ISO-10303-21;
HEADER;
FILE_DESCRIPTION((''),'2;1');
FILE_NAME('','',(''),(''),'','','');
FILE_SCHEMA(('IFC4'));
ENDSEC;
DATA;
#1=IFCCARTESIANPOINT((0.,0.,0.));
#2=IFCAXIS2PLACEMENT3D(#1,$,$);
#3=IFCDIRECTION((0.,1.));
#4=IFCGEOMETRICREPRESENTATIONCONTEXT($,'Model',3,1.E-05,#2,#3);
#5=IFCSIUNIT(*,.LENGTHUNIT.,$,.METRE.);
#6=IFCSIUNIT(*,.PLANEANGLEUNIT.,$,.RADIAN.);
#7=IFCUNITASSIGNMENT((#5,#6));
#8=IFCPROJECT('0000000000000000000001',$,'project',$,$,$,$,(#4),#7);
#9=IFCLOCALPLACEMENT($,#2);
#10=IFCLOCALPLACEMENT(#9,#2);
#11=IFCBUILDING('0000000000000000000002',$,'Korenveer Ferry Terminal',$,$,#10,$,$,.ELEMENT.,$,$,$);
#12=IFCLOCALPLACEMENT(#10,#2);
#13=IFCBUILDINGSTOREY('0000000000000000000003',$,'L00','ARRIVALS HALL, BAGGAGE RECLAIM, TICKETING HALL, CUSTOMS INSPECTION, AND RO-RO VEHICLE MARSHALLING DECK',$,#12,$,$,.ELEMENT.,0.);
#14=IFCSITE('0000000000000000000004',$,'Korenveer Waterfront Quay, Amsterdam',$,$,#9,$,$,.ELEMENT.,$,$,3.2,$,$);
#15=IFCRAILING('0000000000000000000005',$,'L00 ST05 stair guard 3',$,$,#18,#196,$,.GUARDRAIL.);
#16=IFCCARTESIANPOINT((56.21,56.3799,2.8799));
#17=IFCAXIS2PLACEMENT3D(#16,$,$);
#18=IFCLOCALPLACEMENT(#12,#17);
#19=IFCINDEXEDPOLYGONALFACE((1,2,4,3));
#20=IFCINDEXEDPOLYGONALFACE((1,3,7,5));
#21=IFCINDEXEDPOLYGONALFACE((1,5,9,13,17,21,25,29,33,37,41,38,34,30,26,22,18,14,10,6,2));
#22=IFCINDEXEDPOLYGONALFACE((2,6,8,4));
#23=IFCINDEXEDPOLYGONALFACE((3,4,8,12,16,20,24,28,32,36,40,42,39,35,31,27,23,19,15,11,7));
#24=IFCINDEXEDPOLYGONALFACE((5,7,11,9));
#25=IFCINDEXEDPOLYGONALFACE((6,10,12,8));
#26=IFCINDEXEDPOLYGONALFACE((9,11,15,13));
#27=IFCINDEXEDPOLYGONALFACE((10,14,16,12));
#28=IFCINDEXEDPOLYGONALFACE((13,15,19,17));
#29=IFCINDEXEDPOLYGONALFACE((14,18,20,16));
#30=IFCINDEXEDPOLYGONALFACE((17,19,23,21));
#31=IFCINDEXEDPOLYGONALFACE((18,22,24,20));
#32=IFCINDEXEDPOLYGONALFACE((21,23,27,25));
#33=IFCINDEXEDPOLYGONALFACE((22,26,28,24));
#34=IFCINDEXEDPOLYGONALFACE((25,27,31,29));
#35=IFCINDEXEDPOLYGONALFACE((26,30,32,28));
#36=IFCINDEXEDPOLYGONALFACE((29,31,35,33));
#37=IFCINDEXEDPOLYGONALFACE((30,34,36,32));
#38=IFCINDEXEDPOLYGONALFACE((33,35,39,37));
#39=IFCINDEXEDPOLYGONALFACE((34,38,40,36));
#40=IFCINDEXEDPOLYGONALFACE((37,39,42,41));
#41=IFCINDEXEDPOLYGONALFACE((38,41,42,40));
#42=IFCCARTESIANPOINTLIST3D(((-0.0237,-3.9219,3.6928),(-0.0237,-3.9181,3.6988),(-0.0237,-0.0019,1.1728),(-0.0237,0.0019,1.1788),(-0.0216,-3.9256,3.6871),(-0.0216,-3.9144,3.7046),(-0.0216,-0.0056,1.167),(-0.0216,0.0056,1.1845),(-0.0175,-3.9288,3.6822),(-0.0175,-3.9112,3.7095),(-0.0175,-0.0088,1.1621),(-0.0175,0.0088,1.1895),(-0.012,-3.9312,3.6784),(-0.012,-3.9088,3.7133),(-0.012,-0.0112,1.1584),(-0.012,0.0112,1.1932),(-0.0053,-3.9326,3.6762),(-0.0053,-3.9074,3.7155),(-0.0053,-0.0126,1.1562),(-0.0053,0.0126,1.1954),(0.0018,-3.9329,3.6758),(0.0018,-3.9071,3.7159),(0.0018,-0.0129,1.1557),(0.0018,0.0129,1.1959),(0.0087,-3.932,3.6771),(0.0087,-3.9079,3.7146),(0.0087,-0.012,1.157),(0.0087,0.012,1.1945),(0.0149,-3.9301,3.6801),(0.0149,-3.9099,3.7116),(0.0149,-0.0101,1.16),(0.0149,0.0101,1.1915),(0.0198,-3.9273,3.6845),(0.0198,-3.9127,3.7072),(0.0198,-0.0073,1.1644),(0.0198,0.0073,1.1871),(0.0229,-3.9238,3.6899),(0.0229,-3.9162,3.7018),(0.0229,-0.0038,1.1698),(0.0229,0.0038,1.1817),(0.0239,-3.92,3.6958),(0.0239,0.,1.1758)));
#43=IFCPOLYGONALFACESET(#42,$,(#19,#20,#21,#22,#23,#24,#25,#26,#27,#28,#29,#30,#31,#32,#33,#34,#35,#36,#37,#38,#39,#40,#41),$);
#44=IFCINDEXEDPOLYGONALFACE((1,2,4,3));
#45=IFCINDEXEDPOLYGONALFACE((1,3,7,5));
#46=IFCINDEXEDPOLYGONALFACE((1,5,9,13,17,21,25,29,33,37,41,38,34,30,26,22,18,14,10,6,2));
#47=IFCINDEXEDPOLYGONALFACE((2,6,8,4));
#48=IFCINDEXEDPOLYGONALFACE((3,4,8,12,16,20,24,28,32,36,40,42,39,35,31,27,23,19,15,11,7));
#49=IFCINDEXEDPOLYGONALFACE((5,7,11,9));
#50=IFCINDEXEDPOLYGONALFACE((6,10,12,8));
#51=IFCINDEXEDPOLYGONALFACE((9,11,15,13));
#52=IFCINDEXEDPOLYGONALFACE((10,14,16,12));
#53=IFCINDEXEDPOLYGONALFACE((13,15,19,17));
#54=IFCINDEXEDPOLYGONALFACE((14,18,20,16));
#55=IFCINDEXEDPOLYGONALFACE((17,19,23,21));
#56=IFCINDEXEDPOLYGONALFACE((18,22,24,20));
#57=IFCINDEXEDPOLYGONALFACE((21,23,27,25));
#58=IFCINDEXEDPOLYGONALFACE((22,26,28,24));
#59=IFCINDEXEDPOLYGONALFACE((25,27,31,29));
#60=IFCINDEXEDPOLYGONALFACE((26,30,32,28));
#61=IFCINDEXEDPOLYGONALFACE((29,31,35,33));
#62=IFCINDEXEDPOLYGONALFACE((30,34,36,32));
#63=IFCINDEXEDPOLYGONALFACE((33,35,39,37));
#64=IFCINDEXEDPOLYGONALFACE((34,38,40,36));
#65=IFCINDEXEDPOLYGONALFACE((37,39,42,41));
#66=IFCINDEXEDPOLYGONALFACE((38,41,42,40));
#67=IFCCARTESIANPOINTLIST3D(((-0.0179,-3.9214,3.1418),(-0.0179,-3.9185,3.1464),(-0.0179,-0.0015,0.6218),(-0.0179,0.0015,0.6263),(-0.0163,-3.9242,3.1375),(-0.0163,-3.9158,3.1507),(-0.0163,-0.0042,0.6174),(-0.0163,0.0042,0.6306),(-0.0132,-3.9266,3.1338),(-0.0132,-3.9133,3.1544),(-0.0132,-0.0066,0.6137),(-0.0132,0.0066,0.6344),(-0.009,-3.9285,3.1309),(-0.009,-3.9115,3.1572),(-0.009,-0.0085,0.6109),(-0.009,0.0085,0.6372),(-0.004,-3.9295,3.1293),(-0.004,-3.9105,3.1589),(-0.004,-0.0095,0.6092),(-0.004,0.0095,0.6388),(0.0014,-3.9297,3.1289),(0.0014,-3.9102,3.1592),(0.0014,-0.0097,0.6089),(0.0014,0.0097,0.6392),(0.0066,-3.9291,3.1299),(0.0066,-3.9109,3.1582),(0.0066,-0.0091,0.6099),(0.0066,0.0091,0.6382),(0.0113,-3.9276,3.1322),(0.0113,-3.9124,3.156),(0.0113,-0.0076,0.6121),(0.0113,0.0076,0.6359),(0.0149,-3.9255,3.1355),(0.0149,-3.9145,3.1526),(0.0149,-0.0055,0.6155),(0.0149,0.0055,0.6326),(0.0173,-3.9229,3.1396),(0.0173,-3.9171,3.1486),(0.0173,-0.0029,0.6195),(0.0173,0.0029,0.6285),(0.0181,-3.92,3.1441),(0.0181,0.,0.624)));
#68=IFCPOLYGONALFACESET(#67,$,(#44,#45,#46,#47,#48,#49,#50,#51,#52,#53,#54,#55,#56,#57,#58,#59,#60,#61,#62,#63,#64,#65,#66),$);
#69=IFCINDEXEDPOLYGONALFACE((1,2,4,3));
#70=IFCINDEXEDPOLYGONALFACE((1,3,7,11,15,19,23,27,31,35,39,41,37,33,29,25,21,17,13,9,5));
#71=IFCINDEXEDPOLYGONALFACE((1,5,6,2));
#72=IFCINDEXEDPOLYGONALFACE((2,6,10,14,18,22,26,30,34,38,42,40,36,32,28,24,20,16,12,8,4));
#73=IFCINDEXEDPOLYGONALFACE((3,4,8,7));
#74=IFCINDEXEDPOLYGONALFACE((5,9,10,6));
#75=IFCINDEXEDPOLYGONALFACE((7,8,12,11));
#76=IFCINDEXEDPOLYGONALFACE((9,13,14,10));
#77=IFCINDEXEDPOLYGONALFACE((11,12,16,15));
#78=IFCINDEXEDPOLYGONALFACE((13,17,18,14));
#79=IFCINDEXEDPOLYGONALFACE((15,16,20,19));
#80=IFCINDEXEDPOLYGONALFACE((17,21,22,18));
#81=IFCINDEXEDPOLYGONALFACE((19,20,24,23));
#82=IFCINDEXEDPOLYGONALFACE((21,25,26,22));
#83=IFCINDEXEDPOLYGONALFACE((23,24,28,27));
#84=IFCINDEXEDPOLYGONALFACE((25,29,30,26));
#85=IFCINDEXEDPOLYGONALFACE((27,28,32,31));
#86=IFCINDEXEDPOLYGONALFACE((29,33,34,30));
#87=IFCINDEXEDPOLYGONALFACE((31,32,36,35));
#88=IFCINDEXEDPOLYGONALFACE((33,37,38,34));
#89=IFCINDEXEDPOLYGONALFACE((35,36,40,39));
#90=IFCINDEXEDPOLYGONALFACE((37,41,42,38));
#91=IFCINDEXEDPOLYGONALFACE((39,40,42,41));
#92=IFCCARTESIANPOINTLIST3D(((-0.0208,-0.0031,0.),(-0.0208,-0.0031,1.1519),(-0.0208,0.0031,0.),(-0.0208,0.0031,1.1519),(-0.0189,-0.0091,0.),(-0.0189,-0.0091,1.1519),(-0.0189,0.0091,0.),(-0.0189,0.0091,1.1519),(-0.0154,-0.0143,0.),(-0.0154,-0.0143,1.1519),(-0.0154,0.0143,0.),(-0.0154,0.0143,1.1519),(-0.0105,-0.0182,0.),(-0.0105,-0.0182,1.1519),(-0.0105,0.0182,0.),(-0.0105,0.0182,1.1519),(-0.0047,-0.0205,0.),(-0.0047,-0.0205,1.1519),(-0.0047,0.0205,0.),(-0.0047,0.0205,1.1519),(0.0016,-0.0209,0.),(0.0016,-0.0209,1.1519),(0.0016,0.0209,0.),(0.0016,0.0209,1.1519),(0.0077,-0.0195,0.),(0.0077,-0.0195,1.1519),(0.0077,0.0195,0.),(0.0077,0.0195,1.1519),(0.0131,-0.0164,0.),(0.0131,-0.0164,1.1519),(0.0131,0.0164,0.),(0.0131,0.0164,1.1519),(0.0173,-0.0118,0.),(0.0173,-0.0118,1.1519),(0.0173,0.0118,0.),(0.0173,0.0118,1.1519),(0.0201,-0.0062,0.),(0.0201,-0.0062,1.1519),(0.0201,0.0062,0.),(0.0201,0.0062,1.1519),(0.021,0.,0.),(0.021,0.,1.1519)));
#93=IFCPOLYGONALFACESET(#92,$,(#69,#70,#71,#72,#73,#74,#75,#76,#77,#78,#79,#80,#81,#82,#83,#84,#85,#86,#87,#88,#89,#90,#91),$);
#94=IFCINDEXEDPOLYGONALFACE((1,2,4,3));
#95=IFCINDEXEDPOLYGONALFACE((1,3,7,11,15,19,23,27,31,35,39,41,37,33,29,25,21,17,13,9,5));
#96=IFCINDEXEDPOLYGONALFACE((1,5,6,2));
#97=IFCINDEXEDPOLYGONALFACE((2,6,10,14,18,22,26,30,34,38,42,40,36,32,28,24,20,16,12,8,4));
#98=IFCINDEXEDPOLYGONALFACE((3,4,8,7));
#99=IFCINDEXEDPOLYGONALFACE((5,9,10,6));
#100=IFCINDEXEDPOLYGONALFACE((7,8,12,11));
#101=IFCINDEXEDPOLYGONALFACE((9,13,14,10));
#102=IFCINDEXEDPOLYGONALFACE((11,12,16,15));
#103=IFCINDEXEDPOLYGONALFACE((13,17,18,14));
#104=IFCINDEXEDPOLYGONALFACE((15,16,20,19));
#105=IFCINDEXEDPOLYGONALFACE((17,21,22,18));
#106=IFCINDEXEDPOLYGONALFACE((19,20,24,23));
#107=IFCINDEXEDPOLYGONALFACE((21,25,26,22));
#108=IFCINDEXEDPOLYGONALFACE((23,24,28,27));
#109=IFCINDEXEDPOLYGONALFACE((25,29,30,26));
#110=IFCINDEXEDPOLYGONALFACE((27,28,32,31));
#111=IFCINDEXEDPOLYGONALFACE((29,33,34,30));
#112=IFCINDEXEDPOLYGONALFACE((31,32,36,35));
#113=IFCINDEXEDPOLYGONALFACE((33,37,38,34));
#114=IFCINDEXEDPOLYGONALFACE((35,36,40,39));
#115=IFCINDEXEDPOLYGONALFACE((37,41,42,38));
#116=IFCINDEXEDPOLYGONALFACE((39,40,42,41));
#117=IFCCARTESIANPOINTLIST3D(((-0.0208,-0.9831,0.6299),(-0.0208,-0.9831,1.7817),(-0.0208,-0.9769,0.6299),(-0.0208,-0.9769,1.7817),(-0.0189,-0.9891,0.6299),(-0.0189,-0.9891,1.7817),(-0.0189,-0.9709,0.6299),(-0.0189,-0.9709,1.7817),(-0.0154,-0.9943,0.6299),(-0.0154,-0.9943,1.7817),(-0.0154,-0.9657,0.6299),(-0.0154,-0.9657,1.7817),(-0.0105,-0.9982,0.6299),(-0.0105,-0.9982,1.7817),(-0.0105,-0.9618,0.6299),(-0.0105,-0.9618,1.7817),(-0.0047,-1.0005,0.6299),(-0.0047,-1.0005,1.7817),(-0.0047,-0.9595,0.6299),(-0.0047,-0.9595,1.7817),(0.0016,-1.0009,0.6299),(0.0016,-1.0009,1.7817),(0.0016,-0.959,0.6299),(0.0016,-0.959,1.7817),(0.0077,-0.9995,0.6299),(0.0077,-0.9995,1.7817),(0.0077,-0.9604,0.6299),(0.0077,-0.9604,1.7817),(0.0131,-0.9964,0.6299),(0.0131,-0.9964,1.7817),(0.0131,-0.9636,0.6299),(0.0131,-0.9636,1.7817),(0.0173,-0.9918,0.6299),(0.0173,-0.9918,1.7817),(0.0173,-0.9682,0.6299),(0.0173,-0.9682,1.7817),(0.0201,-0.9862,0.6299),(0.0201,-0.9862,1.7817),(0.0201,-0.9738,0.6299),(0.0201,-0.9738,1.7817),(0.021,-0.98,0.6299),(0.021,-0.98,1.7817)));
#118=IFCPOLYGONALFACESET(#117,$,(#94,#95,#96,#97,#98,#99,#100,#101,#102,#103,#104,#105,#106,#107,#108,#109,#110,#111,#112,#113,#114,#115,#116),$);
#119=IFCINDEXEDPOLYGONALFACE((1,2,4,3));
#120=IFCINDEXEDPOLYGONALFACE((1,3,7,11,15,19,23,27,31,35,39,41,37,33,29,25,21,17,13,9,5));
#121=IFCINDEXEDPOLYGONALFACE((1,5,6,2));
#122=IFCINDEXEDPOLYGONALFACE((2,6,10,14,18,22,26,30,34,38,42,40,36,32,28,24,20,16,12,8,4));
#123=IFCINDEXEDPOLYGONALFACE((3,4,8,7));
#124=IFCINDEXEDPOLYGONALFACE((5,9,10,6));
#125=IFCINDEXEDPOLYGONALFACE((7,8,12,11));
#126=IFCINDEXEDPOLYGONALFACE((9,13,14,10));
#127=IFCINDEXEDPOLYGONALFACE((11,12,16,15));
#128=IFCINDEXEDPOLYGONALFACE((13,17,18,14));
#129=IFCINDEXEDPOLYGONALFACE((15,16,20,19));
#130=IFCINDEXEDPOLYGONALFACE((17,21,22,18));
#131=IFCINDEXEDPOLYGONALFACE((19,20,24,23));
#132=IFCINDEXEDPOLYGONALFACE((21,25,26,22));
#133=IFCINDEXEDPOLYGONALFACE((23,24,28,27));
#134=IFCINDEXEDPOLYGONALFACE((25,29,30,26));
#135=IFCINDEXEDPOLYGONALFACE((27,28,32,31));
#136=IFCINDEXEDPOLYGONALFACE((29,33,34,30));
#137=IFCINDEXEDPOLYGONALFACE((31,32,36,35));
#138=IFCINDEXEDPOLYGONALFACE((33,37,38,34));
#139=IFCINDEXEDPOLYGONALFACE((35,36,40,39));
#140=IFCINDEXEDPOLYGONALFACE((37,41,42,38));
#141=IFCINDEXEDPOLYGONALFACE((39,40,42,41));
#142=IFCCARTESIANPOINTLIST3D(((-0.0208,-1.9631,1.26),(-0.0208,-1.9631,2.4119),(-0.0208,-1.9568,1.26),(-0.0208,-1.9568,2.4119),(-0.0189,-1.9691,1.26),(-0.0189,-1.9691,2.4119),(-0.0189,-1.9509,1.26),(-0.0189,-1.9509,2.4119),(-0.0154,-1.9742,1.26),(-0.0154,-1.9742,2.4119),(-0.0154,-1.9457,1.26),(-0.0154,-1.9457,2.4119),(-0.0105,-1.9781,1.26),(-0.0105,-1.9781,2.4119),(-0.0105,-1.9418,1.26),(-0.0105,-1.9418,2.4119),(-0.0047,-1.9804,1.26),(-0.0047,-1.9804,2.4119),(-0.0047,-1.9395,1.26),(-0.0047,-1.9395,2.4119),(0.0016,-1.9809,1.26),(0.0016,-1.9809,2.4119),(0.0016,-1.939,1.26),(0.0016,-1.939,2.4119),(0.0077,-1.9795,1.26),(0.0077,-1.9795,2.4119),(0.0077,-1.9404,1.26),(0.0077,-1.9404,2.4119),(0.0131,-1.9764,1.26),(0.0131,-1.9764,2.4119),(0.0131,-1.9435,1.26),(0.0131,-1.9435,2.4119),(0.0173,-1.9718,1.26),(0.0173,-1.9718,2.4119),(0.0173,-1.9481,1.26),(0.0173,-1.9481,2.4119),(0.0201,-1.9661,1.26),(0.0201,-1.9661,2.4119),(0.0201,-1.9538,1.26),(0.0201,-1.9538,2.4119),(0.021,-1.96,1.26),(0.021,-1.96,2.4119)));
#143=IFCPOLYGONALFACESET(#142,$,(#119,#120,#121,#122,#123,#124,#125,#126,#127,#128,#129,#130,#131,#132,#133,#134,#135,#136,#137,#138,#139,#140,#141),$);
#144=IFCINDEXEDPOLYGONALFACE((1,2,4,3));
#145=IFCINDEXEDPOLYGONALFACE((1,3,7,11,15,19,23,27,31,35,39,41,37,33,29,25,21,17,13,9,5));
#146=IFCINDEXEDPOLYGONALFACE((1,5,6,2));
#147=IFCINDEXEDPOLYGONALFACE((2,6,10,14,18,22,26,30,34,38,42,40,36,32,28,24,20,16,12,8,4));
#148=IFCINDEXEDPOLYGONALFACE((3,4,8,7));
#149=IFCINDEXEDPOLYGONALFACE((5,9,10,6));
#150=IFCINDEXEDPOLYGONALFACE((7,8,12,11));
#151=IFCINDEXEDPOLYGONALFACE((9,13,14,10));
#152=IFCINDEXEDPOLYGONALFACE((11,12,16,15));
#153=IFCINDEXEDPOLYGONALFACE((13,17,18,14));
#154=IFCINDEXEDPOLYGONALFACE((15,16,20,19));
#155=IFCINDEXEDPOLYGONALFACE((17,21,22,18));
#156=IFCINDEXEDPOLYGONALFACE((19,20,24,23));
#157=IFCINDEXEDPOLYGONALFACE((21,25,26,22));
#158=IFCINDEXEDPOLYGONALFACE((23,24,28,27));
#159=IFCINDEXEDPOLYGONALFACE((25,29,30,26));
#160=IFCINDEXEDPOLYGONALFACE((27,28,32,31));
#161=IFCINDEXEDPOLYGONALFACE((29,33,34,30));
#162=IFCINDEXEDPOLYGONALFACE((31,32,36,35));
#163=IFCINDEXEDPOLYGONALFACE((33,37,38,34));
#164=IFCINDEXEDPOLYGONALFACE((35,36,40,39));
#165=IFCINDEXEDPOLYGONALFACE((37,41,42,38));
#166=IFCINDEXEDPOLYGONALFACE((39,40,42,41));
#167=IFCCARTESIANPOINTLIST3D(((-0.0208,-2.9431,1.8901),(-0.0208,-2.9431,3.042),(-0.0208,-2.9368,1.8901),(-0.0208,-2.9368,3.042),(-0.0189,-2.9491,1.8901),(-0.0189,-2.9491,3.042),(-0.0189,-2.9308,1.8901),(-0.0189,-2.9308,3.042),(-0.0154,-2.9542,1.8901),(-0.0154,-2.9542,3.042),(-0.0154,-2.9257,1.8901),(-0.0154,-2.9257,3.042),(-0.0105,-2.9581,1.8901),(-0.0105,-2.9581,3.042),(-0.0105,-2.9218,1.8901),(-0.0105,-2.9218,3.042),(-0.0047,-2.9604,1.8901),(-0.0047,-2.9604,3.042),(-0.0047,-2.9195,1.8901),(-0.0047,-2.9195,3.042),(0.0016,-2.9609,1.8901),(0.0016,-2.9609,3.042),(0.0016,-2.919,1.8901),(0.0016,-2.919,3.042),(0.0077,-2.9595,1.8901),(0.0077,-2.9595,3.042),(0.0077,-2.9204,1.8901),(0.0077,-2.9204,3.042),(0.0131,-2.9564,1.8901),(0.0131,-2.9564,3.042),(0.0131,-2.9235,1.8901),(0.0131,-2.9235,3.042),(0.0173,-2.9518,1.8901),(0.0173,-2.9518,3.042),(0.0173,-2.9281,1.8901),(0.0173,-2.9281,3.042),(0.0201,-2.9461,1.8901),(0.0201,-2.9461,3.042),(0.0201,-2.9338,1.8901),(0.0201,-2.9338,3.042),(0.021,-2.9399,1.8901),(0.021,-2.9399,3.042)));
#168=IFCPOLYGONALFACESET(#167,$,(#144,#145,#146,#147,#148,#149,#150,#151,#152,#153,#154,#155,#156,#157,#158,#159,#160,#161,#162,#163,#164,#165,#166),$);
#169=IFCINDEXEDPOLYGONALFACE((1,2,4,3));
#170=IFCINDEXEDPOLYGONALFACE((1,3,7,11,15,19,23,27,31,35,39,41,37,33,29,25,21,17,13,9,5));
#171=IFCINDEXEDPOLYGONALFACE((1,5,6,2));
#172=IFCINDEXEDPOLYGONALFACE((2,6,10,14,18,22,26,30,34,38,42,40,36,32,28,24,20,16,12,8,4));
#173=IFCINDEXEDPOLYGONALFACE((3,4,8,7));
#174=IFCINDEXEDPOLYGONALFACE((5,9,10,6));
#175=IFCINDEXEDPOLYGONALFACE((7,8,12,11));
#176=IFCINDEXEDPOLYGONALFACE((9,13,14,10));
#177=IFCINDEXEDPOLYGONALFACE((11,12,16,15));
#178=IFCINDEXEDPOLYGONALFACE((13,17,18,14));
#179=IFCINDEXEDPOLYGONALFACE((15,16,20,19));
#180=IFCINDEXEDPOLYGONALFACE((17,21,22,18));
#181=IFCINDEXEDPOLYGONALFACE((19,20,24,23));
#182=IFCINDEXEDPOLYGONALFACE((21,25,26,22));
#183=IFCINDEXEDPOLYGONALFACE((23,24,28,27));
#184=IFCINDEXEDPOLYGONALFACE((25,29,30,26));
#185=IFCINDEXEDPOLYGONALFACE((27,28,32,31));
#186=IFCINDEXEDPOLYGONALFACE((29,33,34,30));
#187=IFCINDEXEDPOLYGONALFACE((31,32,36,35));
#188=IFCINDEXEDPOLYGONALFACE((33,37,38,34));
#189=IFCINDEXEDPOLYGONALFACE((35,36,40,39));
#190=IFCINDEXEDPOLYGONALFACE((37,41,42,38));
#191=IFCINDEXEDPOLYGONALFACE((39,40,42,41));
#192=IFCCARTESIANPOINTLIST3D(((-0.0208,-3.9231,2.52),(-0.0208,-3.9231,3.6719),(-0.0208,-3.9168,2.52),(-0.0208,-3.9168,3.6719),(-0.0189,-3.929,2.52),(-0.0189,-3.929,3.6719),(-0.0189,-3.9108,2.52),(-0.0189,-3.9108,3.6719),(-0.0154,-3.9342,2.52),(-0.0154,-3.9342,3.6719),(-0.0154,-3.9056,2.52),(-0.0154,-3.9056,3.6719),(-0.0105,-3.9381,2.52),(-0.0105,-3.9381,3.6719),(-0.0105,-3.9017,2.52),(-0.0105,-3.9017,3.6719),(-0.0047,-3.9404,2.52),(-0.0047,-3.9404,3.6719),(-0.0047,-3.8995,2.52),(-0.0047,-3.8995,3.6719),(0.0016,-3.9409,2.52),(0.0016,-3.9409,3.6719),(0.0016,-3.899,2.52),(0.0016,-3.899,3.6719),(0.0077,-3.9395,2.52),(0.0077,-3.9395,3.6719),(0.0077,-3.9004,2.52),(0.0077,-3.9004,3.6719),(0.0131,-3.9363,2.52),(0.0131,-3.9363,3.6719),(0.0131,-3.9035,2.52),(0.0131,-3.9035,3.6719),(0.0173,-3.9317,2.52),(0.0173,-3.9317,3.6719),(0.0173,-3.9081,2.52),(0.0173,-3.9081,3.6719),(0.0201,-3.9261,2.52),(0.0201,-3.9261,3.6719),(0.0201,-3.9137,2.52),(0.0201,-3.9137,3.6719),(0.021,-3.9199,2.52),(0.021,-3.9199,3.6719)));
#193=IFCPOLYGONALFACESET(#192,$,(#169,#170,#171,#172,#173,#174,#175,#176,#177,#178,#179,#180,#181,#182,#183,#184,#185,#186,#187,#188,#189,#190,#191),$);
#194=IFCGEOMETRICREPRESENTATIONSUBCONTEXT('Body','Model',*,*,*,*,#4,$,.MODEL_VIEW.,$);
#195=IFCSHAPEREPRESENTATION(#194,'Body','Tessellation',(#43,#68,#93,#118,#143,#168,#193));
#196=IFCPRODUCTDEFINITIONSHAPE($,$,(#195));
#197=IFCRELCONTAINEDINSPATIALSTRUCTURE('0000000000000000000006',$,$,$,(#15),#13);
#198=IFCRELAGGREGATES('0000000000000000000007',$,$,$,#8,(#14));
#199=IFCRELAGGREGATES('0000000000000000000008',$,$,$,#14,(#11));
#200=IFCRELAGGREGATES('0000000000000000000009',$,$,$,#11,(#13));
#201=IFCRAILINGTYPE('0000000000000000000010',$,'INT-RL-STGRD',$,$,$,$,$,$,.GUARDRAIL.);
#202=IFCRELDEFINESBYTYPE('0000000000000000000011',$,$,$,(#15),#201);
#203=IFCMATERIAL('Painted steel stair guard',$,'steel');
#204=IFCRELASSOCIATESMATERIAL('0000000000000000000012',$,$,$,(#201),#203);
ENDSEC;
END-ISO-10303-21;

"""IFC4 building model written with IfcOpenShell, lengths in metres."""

from ifc_helpers import new_model, si_unit, direction, frame, origin, origin_2d, place, context, subcontext, project, spatial, circle, extrude, material, type_object, element, save


model = new_model("IFC4")

# Units and contexts
model_context = context("Model", 3, precision=1e-05, world=origin(), true_north=direction((0.0, 1.0)))
body_context = subcontext(model_context, "Body", "Model", "MODEL_VIEW")
ifc_project = project(units=[si_unit("LENGTHUNIT", "METRE"), si_unit("PLANEANGLEUNIT", "RADIAN")], contexts=[model_context])

# Site, building, storey
site_placement = place(None, origin())
site = spatial("IfcSite", under=ifc_project, at=site_placement, Name="Korenveer Waterfront Quay, Amsterdam", CompositionType="ELEMENT", RefElevation=3.2)
building_placement = place(site_placement, origin())
building = spatial("IfcBuilding", under=site, at=building_placement, Name="Korenveer Ferry Terminal", CompositionType="ELEMENT")
storey_placement = place(building_placement, origin())
storey = spatial("IfcBuildingStorey", under=building, at=storey_placement, Name="L00", Description="ARRIVALS HALL, BAGGAGE RECLAIM, TICKETING HALL, CUSTOMS INSPECTION, AND RO-RO VEHICLE MARSHALLING DECK", CompositionType="ELEMENT", Elevation=0.0)

# Railing
ifc_material_1 = material(Name="Painted steel stair guard", Category="steel")
railing_type_1 = type_object("IfcRailingType", Name="INT-RL-STGRD", PredefinedType="GUARDRAIL", material=ifc_material_1)
railing_1_placement = place(storey_placement, frame((56.21, 56.3799, 2.8799)))
element("IfcRailing", 1, at=railing_1_placement, inside=storey, type_object=railing_type_1, Name="L00 ST05 stair guard 3", PredefinedType="GUARDRAIL", context=body_context, shape_type="SweptSolid", body=[
    extrude(circle(Radius=0.0239, at=origin_2d()), frame((0.0, 0.0, 1.1758), z_axis=(0.0, -0.841172, 0.540768), x_axis=(1.0, 0.0, 0.0)), (0.0, 0.0, 1.0), 4.6602),
    extrude(circle(Radius=0.0181, at=origin_2d()), frame((0.0, 0.0, 0.624), z_axis=(0.0, -0.841172, 0.540768), x_axis=(1.0, 0.0, 0.0)), (0.0, 0.0, 1.0), 4.6602),
    extrude(circle(Radius=0.021, at=origin_2d()), origin(), (0.0, 0.0, 1.0), 1.1519),
    extrude(circle(Radius=0.021, at=origin_2d()), frame((0.0, -0.98, 0.6299)), (0.0, 0.0, 1.0), 1.1519),
    extrude(circle(Radius=0.021, at=origin_2d()), frame((0.0, -1.96, 1.26)), (0.0, 0.0, 1.0), 1.1519),
    extrude(circle(Radius=0.021, at=origin_2d()), frame((0.0, -2.9399, 1.8901)), (0.0, 0.0, 1.0), 1.1519),
    extrude(circle(Radius=0.021, at=origin_2d()), frame((0.0, -3.9199, 2.52)), (0.0, 0.0, 1.0), 1.1519),
])

save(model, "model.ifc")
